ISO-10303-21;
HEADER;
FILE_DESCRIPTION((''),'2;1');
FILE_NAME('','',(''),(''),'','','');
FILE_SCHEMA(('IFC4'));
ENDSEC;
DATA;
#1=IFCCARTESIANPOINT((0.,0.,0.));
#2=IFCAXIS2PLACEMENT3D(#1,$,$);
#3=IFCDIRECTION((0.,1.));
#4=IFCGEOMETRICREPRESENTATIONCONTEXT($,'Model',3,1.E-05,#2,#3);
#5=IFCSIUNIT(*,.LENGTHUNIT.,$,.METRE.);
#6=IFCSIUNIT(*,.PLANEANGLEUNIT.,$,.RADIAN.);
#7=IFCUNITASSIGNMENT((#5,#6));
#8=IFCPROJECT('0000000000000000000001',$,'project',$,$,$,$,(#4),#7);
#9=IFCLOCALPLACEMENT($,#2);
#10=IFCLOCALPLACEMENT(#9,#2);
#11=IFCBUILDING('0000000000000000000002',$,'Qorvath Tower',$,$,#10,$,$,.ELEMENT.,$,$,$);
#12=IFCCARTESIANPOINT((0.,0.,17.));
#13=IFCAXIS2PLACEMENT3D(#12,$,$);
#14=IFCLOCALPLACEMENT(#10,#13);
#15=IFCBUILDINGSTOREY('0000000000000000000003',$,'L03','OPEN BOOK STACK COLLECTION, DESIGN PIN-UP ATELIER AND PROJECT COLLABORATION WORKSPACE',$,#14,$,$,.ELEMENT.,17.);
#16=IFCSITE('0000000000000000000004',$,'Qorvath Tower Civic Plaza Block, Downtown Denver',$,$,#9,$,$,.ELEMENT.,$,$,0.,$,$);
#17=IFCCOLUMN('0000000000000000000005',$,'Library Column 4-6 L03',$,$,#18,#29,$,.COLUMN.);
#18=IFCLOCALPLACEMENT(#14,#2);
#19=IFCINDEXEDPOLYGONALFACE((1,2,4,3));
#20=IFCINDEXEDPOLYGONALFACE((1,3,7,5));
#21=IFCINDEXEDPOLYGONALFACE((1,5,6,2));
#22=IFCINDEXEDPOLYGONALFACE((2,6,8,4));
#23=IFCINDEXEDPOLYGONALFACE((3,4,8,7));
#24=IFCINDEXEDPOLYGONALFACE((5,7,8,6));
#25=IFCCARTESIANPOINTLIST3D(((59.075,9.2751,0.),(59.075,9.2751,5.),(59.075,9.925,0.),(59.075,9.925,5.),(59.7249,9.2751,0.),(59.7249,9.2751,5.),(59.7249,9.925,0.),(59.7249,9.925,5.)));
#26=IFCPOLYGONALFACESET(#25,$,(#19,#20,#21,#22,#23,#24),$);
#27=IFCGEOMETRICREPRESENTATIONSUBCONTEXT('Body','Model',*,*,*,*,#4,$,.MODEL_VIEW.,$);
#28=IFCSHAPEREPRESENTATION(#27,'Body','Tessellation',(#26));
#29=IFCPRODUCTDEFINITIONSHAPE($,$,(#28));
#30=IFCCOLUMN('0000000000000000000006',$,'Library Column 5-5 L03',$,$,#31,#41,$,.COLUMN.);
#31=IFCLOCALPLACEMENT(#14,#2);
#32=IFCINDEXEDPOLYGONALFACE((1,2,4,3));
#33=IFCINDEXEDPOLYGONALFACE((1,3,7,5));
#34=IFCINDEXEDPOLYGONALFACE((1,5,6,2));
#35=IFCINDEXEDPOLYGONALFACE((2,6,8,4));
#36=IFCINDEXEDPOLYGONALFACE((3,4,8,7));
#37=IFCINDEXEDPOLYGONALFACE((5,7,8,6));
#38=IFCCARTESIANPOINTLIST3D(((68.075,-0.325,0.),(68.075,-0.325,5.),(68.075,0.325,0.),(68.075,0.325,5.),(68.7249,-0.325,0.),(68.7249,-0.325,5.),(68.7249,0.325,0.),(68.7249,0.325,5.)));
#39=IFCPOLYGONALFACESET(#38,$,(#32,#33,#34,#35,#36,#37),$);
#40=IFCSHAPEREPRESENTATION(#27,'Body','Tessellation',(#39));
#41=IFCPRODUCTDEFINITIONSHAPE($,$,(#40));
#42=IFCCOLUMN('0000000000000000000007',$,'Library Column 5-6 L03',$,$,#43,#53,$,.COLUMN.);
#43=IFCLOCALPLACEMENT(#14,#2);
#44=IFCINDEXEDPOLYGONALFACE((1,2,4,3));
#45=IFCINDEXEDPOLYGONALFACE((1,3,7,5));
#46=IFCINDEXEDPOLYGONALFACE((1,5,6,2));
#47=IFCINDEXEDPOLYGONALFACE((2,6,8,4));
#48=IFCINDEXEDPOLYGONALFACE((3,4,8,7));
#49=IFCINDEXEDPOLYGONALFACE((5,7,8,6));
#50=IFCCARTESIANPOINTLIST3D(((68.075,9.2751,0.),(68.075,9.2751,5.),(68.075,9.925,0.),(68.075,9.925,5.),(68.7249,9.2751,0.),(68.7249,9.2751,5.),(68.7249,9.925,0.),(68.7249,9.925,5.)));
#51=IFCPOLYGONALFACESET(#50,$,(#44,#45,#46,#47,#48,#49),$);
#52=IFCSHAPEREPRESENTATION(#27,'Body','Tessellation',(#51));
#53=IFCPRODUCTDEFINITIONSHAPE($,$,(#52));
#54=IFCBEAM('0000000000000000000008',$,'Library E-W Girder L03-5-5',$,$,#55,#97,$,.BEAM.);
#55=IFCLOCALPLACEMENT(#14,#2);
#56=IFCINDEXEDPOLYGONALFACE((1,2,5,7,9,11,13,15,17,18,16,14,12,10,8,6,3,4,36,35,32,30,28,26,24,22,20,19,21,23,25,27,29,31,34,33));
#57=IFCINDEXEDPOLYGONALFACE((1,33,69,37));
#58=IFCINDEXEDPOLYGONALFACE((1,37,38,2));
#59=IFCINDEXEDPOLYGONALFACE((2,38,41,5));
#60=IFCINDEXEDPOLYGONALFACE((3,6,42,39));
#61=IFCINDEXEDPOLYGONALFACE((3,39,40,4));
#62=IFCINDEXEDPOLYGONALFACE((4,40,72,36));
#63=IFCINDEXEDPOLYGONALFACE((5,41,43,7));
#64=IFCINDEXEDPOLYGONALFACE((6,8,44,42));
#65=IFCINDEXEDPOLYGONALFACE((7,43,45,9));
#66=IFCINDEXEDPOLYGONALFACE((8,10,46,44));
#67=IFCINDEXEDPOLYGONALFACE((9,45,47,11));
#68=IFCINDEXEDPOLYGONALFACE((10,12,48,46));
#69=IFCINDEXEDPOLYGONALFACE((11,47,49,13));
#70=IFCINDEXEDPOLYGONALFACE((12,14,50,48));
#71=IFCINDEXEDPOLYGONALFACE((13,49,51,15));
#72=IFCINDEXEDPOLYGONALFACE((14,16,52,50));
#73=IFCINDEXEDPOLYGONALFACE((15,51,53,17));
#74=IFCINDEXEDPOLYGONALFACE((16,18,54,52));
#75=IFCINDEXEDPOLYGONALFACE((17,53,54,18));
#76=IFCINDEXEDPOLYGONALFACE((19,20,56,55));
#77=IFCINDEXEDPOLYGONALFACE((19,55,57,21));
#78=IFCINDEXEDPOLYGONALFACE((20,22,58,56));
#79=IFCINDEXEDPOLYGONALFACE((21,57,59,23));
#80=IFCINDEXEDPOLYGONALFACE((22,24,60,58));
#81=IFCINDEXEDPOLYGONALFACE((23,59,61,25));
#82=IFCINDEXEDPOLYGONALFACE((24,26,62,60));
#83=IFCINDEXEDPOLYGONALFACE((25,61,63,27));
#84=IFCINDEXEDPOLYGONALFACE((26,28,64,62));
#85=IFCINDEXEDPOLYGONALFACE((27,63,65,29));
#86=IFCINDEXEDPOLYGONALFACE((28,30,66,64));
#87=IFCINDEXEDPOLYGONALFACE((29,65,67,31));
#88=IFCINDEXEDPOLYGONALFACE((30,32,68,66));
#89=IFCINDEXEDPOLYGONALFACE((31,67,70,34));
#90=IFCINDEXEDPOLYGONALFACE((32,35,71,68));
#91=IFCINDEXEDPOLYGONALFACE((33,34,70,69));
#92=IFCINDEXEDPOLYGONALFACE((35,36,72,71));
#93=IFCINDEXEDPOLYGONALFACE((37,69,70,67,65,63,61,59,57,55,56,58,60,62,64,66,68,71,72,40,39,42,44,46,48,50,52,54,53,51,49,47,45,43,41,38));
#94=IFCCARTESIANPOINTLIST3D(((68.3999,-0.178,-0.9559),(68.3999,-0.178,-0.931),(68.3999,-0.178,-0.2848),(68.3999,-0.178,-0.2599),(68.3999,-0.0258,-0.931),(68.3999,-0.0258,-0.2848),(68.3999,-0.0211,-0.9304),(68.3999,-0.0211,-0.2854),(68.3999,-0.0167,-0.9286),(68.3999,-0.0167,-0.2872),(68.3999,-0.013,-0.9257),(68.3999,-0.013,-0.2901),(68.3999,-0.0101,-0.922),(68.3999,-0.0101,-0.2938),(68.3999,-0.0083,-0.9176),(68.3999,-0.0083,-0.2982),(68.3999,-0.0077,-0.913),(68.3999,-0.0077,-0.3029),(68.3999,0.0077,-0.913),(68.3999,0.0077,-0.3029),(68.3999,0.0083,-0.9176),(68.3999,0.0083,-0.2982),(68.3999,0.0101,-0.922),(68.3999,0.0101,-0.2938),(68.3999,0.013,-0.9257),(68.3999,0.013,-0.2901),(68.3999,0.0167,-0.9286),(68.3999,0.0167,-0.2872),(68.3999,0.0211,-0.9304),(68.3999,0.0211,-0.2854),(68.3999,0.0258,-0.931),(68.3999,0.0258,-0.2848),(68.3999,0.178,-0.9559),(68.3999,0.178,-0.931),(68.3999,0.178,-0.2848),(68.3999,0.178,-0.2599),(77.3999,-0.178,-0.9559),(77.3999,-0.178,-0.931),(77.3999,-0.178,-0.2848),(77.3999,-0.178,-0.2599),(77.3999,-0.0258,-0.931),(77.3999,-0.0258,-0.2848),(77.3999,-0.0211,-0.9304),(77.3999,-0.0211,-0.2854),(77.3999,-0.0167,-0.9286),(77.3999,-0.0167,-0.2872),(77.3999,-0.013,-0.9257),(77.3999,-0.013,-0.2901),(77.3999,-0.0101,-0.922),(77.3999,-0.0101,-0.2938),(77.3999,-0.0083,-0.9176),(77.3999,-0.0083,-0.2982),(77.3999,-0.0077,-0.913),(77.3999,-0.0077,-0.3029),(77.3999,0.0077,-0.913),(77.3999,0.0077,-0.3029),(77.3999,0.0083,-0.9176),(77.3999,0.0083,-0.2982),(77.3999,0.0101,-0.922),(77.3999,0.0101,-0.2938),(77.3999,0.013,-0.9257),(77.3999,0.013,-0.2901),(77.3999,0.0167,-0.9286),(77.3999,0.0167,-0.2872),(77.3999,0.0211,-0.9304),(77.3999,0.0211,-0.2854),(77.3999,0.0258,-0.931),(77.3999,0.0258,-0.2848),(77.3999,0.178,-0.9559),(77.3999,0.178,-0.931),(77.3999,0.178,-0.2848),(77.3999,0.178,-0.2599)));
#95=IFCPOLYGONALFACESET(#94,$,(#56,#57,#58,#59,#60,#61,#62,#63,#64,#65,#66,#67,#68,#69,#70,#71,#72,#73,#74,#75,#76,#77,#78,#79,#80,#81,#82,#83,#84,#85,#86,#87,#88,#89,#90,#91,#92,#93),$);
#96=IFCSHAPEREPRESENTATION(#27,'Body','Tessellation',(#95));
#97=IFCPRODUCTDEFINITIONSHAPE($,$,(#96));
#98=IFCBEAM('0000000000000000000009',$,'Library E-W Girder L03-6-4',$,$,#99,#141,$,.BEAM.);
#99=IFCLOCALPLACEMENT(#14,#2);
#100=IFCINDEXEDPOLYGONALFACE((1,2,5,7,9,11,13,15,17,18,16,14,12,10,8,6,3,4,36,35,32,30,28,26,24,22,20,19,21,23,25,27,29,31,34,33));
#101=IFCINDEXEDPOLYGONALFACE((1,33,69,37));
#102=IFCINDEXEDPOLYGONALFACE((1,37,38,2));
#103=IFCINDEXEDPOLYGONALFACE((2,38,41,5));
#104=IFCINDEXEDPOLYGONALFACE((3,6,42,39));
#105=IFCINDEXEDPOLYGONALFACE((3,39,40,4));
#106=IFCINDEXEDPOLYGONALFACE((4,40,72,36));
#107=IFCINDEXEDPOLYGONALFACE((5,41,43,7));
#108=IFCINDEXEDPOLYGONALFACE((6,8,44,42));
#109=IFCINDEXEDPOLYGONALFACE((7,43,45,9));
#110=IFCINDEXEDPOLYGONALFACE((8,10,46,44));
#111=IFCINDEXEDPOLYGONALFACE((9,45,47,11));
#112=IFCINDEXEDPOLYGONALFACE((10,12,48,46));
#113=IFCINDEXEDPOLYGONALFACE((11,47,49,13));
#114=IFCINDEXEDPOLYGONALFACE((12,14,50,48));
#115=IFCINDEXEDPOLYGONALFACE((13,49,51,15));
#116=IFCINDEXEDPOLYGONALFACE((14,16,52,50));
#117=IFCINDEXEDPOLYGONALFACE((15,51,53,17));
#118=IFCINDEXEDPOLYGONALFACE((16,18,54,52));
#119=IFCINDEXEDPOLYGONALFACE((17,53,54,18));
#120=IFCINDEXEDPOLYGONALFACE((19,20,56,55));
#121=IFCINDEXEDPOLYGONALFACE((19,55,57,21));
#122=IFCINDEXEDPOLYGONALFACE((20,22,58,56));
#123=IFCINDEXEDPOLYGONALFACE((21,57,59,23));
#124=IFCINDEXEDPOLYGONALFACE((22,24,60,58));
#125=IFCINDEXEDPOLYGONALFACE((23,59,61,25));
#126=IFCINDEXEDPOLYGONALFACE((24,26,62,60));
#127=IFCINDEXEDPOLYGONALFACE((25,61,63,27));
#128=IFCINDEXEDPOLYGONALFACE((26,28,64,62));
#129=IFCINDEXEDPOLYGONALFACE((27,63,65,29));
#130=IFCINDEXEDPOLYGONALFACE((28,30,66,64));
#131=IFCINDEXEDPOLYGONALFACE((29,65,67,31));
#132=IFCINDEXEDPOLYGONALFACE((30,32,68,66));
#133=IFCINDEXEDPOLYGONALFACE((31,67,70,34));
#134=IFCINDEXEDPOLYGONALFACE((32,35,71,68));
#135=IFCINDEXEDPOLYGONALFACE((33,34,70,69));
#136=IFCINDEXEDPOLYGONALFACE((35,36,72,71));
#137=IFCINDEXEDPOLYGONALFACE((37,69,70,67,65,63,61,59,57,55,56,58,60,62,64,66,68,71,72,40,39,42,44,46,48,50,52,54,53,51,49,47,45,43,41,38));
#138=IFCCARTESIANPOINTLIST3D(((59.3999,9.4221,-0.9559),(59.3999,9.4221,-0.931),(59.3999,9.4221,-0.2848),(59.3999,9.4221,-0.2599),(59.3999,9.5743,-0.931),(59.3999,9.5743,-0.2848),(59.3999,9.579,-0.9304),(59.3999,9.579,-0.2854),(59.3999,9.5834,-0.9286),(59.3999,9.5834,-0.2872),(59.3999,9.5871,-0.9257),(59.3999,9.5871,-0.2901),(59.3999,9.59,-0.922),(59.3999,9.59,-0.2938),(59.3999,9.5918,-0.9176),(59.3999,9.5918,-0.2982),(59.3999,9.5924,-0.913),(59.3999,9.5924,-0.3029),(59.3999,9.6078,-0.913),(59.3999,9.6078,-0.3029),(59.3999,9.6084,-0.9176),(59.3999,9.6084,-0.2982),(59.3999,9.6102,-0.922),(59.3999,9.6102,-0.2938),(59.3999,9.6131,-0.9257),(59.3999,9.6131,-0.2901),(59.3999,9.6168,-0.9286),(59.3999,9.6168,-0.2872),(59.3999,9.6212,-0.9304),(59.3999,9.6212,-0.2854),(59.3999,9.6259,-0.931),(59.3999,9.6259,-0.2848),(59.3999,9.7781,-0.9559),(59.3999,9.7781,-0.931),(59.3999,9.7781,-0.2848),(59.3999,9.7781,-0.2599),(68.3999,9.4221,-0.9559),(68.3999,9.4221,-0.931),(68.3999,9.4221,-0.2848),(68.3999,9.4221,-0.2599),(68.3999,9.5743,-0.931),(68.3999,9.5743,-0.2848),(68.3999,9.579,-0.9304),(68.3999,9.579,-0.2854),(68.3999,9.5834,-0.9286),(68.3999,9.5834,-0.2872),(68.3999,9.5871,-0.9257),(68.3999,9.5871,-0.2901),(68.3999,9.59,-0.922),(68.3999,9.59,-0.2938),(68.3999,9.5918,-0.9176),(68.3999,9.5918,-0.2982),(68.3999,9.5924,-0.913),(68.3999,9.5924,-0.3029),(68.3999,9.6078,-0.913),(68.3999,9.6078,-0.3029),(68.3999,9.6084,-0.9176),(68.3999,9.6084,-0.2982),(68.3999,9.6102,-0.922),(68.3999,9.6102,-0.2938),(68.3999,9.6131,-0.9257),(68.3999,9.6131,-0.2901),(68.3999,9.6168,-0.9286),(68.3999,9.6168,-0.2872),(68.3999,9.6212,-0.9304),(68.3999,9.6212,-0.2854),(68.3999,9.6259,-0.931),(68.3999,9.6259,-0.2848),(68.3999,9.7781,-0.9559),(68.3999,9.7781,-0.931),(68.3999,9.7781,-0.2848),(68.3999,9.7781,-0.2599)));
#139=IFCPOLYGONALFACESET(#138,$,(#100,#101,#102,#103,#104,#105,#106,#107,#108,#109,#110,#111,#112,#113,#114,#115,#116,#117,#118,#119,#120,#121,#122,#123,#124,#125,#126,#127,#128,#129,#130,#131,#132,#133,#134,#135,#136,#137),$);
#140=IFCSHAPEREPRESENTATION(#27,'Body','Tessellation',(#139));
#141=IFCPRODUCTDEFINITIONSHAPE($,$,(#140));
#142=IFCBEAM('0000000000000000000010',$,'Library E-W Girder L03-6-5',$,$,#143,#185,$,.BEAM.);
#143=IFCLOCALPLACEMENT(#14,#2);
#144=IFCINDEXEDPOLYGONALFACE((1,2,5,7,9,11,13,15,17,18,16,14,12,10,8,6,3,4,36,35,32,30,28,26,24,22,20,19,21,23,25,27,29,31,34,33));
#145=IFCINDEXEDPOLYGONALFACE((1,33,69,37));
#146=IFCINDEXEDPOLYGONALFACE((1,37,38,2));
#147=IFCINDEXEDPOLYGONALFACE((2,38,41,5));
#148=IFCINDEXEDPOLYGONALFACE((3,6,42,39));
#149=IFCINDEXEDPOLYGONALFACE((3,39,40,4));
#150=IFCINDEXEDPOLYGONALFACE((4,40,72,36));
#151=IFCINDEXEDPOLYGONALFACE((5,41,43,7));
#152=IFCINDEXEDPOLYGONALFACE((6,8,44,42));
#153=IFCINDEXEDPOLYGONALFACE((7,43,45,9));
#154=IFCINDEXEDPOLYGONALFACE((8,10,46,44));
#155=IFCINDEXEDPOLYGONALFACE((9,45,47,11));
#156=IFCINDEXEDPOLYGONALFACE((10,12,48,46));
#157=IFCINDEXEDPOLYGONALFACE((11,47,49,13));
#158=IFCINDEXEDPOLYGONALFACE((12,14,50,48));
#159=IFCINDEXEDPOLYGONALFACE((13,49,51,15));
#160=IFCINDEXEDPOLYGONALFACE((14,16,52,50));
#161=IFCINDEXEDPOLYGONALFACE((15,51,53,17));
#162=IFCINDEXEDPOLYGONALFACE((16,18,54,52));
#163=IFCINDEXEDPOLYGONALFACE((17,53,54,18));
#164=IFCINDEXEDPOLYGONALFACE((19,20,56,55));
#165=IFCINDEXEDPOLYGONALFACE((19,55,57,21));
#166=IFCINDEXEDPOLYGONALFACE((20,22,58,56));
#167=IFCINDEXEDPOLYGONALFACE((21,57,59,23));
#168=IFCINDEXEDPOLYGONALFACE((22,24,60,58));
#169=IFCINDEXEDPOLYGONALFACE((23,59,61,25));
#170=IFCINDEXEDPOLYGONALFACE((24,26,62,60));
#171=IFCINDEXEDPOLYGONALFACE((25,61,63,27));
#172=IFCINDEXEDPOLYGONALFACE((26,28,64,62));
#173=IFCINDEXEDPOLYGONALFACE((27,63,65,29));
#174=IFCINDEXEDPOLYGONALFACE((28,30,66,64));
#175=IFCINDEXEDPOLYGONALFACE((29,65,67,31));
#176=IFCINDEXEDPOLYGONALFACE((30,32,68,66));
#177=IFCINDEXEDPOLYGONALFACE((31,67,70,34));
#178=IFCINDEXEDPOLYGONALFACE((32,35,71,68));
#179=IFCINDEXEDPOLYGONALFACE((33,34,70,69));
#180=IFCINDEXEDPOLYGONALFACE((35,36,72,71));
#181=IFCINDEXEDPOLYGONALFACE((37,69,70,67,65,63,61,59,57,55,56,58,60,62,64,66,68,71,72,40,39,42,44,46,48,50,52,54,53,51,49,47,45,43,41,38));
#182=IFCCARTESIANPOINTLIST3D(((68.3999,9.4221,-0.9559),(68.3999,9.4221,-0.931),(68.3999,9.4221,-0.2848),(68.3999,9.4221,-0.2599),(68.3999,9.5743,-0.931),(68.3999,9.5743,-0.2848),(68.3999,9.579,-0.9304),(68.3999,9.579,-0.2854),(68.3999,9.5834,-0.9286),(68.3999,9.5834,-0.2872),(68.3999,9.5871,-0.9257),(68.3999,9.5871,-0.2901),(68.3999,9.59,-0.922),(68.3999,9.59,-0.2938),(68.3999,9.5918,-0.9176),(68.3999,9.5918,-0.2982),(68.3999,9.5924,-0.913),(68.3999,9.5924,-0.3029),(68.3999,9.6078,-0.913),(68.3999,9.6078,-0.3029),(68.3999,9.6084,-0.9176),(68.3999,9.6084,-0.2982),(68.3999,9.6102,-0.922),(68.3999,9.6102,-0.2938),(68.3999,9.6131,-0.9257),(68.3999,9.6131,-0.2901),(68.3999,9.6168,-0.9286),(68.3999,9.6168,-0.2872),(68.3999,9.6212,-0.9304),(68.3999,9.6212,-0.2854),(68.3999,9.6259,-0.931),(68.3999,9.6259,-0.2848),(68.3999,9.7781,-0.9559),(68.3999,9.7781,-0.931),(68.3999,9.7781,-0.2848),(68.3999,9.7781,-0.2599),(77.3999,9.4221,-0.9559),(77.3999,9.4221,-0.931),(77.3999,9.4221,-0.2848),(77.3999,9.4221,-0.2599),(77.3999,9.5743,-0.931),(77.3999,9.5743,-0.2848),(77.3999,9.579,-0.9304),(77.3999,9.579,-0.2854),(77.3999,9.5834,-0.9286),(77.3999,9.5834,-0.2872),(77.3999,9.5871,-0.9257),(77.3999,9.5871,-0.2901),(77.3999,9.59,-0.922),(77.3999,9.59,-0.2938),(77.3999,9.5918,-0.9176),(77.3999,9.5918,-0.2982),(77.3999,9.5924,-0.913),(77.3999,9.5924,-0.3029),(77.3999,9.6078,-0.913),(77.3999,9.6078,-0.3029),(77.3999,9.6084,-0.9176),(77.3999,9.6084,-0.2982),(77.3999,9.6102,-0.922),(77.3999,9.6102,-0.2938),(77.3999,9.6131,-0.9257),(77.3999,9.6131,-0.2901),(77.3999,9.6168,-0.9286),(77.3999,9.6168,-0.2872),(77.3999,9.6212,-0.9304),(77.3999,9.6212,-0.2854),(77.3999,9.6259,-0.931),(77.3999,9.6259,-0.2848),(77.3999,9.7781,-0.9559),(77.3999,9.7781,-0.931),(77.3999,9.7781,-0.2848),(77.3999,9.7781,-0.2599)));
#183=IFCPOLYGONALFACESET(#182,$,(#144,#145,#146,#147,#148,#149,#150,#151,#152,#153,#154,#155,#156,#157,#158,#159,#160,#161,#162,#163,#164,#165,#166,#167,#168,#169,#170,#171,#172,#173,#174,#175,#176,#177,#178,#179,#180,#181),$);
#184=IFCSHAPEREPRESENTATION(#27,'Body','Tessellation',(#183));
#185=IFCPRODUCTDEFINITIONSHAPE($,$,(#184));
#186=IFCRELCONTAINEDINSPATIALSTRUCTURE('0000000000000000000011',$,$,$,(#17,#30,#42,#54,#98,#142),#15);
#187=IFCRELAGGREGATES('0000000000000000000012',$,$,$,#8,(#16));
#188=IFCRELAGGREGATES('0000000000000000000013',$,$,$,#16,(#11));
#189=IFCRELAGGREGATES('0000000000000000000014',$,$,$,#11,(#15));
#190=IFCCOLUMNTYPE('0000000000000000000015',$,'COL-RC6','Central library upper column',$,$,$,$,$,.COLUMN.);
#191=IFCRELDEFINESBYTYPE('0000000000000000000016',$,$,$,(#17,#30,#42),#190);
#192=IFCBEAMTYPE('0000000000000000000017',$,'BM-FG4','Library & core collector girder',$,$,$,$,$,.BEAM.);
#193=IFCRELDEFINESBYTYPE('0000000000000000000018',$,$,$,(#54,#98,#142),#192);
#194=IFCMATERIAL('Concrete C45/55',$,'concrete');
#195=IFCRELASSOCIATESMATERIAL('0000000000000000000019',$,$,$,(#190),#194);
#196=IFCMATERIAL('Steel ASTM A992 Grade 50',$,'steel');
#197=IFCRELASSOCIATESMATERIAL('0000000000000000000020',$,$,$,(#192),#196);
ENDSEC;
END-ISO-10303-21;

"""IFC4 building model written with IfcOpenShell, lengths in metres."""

from ifc_helpers import new_model, si_unit, direction, frame, origin, origin_2d, place, context, subcontext, project, spatial, rectangle, i_section, extrude, material, material_profile, profile_set, type_object, element, save


model = new_model("IFC4")

# Units and contexts
model_context = context("Model", 3, precision=1e-05, world=origin(), true_north=direction((0.0, 1.0)))
body_context = subcontext(model_context, "Body", "Model", "MODEL_VIEW")
ifc_project = project(units=[si_unit("LENGTHUNIT", "METRE"), si_unit("PLANEANGLEUNIT", "RADIAN")], contexts=[model_context])

# Site, building, storey
site_placement = place(None, origin())
site = spatial("IfcSite", under=ifc_project, at=site_placement, Name="Qorvath Tower Civic Plaza Block, Downtown Denver", CompositionType="ELEMENT", RefElevation=0.0)
building_placement = place(site_placement, origin())
building = spatial("IfcBuilding", under=site, at=building_placement, Name="Qorvath Tower", CompositionType="ELEMENT")
storey_placement = place(building_placement, frame((0.0, 0.0, 17.0)))
storey = spatial("IfcBuildingStorey", under=building, at=storey_placement, Name="L03", Description="OPEN BOOK STACK COLLECTION, DESIGN PIN-UP ATELIER AND PROJECT COLLABORATION WORKSPACE", CompositionType="ELEMENT", Elevation=17.0)

# Columns
ifc_material_1 = material(Name="Concrete C45/55", Category="concrete")
ifc_material_profile_1 = material_profile(ifc_material_1, rectangle(XDim=0.6499, YDim=0.6499, at=origin_2d()), Name="RC 650x650")
ifc_profile_set_1 = profile_set([ifc_material_profile_1], Name="Concrete C45/55")
column_type = type_object("IfcColumnType", Name="COL-RC6", Description="Central library upper column", PredefinedType="COLUMN", material=ifc_profile_set_1)
for number, where, z_axis, x_axis, name in (
    (1, (59.3999, 9.6001, 0.0), (0.0, 0.0, 1.0), (1.0, 0.0, 0.0), "Library Column 4-6 L03"),
    (2, (68.3999, 0.0, 0.0), (0.0, 0.0, 1.0), (1.0, 0.0, 0.0), "Library Column 5-5 L03"),
    (3, (68.3999, 9.6001, 0.0), (0.0, 0.0, 1.0), (1.0, 0.0, 0.0), "Library Column 5-6 L03"),
):
    element("IfcColumn", number, at=place(storey_placement, frame(where, z_axis=z_axis, x_axis=x_axis)), inside=storey, type_object=column_type, Name=name, PredefinedType="COLUMN", context=body_context, shape_type="SweptSolid", body=[
        extrude(rectangle(XDim=0.6499, YDim=0.6499, at=origin_2d()), origin(), (0.0, 0.0, 1.0), 5.0),
    ])

# Beams
ifc_material_2 = material(Name="Steel ASTM A992 Grade 50", Category="steel")
ifc_material_profile_2 = material_profile(ifc_material_2, i_section(OverallWidth=0.356, OverallDepth=0.696, WebThickness=0.0154, FlangeThickness=0.0249, FilletRadius=0.0181, at=origin_2d()), Name="W27x146")
ifc_profile_set_2 = profile_set([ifc_material_profile_2], Name="Steel ASTM A992 Grade 50")
beam_type_1 = type_object("IfcBeamType", Name="BM-FG4", Description="Library & core collector girder", PredefinedType="BEAM", material=ifc_profile_set_2)
for number, where, z_axis, x_axis, name in (
    (4, (68.3999, 0.0, -0.6079), (1.0, 0.0, 0.0), (0.0, 1.0, 0.0), "Library E-W Girder L03-5-5"),
    (5, (59.3999, 9.6001, -0.6079), (1.0, 0.0, 0.0), (0.0, 1.0, 0.0), "Library E-W Girder L03-6-4"),
    (6, (68.3999, 9.6001, -0.6079), (1.0, 0.0, 0.0), (0.0, 1.0, 0.0), "Library E-W Girder L03-6-5"),
):
    element("IfcBeam", number, at=place(storey_placement, frame(where, z_axis=z_axis, x_axis=x_axis)), inside=storey, type_object=beam_type_1, Name=name, PredefinedType="BEAM", context=body_context, shape_type="SweptSolid", body=[
        extrude(i_section(OverallWidth=0.356, OverallDepth=0.696, WebThickness=0.0154, FlangeThickness=0.0249, FilletRadius=0.0181, at=origin_2d()), origin(), (0.0, 0.0, 1.0), 9.0),
    ])

save(model, "model.ifc")
